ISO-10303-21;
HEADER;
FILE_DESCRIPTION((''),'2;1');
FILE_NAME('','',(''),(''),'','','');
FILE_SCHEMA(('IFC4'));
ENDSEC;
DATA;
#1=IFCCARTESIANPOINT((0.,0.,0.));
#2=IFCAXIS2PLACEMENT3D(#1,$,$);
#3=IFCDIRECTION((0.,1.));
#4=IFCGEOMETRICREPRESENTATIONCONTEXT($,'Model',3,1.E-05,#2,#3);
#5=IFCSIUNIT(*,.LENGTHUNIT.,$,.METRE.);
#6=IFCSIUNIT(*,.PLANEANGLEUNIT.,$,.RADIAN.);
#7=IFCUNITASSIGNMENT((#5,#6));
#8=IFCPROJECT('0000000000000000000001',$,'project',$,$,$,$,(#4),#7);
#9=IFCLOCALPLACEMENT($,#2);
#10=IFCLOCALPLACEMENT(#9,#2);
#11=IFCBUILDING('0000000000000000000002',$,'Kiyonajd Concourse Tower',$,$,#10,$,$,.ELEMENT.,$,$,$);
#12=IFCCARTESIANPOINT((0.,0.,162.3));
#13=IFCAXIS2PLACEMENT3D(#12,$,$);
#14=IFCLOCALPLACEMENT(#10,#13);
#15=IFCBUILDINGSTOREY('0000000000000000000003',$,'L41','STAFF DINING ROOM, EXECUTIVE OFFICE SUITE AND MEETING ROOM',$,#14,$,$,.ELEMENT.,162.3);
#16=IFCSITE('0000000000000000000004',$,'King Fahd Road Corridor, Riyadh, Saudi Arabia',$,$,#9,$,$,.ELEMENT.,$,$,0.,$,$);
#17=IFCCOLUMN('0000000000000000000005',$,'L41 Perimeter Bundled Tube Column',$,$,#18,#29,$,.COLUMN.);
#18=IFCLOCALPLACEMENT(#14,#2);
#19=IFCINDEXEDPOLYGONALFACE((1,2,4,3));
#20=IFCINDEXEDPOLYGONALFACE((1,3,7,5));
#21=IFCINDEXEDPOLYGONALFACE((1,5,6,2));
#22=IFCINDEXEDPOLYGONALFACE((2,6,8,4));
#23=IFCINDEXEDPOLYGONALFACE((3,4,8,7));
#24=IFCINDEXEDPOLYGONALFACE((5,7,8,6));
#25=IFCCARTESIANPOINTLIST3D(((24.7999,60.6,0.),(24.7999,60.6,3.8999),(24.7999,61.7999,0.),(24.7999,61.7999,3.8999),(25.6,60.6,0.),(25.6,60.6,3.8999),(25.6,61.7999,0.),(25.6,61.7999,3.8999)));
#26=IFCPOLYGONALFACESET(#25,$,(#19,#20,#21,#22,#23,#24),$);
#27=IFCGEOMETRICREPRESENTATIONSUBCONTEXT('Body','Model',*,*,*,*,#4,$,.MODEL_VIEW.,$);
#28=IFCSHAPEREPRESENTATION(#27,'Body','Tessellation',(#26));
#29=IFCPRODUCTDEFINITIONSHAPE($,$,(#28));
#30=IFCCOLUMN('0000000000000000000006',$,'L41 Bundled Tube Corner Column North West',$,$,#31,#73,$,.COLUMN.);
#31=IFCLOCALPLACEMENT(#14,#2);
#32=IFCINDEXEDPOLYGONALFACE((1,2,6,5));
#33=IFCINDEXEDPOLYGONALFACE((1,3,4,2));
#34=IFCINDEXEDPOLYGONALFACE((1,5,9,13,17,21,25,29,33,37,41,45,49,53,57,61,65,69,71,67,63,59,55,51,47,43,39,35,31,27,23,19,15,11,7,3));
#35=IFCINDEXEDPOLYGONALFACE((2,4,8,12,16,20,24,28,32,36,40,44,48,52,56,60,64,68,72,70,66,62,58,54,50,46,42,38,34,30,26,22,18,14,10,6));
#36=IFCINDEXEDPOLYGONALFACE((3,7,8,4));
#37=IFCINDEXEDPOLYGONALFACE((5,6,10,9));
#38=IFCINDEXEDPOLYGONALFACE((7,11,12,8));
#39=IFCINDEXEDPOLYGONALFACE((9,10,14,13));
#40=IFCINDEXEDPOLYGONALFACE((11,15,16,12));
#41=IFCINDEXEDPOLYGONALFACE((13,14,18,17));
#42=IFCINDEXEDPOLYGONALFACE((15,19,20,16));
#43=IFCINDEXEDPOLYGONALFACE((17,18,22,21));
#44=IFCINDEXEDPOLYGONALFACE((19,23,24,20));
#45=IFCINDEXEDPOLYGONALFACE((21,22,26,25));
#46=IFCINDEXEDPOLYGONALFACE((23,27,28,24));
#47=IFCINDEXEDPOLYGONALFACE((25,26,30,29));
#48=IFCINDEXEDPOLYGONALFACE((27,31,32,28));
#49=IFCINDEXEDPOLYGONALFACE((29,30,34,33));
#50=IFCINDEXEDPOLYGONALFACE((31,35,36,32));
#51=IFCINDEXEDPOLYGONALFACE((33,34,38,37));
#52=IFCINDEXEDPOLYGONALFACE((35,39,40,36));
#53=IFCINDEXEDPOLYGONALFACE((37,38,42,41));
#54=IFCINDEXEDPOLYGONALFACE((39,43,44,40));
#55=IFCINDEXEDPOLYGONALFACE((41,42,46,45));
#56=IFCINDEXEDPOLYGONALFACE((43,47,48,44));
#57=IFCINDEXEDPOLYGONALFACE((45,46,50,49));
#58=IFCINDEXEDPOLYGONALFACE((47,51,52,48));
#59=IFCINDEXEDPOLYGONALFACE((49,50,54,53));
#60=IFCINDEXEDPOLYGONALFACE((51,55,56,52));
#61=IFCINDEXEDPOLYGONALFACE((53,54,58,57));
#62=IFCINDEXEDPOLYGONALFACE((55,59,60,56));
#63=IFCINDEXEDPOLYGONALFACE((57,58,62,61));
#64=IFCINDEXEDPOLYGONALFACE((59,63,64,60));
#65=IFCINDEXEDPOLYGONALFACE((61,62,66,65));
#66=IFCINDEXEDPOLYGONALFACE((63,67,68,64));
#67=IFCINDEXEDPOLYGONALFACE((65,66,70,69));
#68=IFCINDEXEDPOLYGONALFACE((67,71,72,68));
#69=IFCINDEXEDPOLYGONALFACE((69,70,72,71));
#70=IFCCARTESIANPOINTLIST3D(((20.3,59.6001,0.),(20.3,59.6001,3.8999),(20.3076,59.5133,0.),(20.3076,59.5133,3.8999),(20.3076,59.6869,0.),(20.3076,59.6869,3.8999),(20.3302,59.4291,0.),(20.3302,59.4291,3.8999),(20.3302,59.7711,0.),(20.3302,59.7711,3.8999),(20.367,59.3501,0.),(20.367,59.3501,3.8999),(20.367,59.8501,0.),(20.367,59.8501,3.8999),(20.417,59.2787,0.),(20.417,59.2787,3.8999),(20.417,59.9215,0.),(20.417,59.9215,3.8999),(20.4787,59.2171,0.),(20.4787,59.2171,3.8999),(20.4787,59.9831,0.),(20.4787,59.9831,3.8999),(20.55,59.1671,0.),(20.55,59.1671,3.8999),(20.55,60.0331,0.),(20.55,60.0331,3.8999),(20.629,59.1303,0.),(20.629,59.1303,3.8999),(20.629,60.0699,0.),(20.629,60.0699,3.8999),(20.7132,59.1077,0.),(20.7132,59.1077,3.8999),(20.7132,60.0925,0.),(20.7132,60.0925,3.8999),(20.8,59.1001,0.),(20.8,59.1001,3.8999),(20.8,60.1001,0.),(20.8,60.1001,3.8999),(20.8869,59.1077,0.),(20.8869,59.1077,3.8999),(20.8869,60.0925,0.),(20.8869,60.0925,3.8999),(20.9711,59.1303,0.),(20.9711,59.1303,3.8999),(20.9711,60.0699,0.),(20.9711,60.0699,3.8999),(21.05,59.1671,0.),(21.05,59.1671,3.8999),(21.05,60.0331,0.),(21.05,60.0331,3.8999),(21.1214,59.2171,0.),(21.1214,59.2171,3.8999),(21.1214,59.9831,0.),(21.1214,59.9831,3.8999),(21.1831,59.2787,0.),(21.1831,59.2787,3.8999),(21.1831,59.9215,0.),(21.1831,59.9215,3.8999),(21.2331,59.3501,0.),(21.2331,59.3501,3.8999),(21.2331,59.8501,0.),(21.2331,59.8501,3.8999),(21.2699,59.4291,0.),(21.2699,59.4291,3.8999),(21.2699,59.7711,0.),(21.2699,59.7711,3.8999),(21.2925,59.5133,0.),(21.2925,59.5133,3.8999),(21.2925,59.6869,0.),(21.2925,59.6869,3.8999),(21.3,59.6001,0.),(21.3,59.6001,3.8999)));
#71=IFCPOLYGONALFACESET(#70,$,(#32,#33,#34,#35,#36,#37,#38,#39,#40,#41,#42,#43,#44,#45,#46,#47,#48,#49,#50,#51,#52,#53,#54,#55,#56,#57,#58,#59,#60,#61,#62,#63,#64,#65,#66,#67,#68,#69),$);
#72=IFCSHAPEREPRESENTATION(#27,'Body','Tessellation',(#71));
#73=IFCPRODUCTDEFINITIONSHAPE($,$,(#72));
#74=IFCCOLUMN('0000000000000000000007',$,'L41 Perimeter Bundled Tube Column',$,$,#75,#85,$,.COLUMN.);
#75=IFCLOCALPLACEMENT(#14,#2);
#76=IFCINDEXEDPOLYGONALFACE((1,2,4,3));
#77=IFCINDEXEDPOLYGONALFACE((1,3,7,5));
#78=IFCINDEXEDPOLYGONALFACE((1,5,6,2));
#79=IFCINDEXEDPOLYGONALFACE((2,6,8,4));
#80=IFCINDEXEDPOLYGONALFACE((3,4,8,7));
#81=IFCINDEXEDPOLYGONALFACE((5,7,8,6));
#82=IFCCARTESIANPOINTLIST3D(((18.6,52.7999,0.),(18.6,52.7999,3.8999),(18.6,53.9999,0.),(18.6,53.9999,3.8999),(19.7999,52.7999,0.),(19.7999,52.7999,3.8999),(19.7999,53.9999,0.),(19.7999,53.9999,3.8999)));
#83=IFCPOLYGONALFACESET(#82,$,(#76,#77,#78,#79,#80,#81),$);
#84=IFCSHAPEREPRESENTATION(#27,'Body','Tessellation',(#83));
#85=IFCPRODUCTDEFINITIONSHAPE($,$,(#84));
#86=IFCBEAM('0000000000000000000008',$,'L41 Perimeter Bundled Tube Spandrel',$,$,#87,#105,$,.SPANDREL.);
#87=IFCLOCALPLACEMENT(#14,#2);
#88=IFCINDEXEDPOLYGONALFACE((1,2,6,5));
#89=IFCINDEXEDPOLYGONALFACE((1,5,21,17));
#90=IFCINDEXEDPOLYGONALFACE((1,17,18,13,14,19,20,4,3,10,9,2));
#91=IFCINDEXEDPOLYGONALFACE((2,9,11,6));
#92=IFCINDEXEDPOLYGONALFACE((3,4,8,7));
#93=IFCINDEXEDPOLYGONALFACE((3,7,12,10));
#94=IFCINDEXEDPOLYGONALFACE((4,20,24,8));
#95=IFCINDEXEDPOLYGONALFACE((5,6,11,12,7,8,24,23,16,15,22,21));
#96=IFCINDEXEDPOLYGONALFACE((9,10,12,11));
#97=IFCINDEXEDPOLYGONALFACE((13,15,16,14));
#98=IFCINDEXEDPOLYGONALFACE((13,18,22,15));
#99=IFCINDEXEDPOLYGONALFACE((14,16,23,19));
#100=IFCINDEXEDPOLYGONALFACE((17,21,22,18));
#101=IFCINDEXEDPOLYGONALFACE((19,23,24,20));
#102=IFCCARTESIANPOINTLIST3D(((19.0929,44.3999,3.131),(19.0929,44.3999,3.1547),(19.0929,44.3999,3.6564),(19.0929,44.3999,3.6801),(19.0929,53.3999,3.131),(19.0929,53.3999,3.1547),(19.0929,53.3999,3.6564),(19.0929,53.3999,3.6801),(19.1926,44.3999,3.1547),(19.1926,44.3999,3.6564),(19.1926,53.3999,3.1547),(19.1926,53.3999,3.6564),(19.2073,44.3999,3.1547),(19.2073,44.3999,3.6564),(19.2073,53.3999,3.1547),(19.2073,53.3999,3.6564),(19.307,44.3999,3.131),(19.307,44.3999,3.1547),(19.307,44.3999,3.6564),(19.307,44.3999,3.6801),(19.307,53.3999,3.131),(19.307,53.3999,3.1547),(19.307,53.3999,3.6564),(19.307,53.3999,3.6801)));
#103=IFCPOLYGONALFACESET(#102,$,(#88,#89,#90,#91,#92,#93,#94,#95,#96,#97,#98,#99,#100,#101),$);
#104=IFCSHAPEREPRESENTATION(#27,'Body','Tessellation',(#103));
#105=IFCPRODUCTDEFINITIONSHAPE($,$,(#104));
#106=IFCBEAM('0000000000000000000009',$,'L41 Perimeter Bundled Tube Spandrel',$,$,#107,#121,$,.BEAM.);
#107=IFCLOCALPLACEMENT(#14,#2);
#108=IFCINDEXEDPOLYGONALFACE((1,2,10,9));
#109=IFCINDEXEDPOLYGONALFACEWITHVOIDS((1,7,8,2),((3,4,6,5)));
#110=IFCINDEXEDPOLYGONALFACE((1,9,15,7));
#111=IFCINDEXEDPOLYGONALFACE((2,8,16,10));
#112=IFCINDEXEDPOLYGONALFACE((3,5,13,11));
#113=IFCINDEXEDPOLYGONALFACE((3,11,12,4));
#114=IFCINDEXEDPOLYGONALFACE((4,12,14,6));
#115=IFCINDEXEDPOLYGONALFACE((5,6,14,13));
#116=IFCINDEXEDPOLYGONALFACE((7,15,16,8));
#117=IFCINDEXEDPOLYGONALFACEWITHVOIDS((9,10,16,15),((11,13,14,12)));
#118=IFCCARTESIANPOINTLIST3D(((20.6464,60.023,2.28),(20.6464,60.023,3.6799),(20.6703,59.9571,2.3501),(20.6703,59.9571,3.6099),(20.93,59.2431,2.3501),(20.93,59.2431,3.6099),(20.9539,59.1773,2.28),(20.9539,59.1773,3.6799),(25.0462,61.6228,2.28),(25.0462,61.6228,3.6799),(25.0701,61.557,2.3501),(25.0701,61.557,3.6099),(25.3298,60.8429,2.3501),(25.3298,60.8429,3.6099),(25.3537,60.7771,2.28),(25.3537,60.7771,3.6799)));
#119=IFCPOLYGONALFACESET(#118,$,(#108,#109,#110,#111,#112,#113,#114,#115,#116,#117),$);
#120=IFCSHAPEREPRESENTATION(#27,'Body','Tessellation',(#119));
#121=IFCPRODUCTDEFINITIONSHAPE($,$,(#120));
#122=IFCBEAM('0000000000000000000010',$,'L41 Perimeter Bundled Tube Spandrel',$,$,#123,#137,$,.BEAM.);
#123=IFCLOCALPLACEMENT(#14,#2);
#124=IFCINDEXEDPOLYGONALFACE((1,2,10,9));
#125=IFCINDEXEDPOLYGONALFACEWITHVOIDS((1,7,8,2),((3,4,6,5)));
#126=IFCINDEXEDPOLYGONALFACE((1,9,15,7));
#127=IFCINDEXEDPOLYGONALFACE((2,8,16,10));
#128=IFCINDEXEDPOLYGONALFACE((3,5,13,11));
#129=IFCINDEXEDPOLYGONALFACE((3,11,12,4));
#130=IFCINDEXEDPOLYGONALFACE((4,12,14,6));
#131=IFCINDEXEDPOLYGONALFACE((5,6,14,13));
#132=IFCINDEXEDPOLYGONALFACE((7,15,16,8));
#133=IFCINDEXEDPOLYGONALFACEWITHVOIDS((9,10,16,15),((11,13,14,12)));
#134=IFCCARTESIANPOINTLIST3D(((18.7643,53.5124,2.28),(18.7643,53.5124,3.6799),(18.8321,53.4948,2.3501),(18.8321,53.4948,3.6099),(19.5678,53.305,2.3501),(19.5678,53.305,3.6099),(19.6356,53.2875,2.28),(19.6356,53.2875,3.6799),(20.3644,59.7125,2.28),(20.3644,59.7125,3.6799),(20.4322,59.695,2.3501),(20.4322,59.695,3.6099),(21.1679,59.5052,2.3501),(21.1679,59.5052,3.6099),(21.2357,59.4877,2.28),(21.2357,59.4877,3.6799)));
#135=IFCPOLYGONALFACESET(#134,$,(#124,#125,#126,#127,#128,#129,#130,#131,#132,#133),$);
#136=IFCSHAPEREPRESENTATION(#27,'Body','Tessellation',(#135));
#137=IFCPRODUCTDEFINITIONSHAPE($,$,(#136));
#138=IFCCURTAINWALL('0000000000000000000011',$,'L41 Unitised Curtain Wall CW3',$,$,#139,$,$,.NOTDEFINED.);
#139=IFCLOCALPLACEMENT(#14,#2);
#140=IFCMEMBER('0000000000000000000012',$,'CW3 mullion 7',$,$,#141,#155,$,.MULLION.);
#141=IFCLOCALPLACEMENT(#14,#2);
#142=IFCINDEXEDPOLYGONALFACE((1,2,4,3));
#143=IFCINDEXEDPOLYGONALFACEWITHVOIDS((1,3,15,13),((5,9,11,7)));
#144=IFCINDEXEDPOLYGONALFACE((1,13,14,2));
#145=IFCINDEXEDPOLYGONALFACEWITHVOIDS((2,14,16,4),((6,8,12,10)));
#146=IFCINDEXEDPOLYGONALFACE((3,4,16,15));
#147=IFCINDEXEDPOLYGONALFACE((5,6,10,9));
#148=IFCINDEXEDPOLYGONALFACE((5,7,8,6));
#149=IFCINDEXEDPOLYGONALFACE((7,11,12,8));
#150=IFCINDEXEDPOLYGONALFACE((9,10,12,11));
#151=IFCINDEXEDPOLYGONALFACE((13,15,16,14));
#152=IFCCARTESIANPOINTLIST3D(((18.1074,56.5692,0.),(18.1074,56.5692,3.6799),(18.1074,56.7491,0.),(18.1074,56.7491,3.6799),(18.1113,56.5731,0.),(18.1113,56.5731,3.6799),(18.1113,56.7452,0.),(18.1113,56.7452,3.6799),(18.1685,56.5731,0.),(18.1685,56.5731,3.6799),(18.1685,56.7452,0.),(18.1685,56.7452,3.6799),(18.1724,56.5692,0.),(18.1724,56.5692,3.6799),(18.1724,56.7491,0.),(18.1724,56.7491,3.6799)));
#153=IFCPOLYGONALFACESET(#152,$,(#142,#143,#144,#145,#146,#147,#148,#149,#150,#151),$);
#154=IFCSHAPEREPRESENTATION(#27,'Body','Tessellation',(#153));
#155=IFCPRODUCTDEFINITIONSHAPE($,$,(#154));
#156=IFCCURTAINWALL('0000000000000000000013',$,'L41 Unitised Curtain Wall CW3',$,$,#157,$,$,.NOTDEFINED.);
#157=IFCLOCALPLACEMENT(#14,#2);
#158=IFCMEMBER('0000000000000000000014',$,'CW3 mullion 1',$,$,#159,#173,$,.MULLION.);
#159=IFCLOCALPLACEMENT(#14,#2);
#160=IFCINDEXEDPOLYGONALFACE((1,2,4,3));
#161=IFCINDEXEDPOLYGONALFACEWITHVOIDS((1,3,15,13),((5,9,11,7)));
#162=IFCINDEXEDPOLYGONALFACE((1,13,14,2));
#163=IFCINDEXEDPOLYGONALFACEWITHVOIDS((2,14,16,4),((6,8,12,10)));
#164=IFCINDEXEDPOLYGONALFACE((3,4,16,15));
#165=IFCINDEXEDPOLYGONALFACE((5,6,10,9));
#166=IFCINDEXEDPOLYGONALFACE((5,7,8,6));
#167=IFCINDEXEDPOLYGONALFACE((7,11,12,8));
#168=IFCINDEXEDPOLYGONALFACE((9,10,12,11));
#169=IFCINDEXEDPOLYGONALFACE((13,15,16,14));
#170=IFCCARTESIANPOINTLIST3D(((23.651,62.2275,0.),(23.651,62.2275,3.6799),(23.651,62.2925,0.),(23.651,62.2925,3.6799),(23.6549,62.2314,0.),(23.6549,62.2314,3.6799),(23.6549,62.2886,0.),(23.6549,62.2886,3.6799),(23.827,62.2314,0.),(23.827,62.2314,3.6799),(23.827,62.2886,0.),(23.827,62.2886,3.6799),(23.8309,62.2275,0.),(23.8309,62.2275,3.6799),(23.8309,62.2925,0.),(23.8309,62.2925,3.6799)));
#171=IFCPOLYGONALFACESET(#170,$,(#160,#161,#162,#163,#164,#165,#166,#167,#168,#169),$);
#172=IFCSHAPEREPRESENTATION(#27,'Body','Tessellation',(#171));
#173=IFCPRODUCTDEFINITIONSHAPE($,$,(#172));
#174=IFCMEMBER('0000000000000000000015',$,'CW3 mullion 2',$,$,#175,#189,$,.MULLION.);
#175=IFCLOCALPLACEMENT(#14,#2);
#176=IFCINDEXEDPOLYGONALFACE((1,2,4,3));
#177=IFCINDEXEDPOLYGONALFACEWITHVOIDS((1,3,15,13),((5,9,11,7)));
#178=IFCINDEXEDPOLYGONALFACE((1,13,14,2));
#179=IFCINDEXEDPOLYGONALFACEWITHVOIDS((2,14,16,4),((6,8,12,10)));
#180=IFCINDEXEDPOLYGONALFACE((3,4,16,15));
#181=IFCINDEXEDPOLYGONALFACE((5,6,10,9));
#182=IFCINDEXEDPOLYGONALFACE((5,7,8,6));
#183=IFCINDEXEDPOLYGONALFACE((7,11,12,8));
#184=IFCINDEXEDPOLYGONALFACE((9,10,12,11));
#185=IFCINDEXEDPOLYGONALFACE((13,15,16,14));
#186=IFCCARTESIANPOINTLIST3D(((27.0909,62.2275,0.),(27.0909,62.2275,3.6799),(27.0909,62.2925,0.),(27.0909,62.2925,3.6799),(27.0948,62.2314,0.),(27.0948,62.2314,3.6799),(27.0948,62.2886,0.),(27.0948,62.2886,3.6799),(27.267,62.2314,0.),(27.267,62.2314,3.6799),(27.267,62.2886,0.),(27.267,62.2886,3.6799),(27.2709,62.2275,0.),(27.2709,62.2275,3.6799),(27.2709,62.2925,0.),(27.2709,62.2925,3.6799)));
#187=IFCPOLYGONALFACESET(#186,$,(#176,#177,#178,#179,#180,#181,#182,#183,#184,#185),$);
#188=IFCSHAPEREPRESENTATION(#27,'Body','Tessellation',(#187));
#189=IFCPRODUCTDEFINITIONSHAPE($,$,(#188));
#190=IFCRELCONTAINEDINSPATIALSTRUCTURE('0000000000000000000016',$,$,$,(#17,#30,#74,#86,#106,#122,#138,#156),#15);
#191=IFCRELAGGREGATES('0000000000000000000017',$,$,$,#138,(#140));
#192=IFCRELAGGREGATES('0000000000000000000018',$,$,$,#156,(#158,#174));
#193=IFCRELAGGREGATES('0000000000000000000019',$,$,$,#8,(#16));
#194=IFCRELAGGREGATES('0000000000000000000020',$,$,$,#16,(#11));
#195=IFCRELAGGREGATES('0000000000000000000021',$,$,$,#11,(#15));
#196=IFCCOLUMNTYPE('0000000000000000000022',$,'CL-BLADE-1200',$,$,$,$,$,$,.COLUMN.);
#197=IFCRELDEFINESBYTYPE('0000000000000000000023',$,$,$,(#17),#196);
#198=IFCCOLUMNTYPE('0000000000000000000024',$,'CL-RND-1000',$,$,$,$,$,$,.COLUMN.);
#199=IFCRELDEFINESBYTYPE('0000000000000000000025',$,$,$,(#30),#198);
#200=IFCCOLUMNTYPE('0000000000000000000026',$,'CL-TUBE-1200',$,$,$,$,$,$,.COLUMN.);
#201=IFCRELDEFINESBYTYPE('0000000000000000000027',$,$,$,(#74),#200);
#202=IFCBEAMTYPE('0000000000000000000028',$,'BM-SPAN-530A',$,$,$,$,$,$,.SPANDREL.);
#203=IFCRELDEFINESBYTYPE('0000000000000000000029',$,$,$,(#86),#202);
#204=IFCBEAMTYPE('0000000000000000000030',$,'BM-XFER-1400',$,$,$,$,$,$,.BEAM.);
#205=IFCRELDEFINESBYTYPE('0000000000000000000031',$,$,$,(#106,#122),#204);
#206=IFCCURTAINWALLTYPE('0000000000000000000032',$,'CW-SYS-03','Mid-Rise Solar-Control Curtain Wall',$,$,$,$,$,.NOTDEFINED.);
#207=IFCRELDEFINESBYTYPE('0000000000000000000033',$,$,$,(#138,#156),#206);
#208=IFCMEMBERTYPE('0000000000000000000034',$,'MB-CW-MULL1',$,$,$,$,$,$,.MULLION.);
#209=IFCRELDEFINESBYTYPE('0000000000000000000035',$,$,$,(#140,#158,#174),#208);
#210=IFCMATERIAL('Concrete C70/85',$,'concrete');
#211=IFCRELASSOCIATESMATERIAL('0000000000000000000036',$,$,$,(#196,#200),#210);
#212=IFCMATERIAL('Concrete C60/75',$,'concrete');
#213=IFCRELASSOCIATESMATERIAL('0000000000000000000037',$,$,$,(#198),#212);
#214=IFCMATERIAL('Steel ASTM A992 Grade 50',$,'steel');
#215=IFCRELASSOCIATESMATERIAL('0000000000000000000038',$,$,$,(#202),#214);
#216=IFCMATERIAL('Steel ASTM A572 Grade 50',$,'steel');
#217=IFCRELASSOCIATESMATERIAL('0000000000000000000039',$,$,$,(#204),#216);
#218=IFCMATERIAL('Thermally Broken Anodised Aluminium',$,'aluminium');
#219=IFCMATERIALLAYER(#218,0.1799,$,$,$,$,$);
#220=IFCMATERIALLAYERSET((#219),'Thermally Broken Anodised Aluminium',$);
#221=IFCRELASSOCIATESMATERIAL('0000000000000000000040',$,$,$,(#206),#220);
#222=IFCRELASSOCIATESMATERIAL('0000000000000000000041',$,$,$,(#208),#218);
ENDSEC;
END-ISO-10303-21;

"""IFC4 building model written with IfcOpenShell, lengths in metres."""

from ifc_helpers import new_model, si_unit, direction, frame, origin, origin_2d, place, context, subcontext, project, spatial, rectangle, hollow_rectangle, circle, i_section, extrude, material, layer, layer_set, material_profile, profile_set, type_object, element, aggregate, save


model = new_model("IFC4")

# Units and contexts
model_context = context("Model", 3, precision=1e-05, world=origin(), true_north=direction((0.0, 1.0)))
body_context = subcontext(model_context, "Body", "Model", "MODEL_VIEW")
ifc_project = project(units=[si_unit("LENGTHUNIT", "METRE"), si_unit("PLANEANGLEUNIT", "RADIAN")], contexts=[model_context])

# Site, building, storey
site_placement = place(None, origin())
site = spatial("IfcSite", under=ifc_project, at=site_placement, Name="King Fahd Road Corridor, Riyadh, Saudi Arabia", CompositionType="ELEMENT", RefElevation=0.0)
building_placement = place(site_placement, origin())
building = spatial("IfcBuilding", under=site, at=building_placement, Name="Kiyonajd Concourse Tower", CompositionType="ELEMENT")
storey_placement = place(building_placement, frame((0.0, 0.0, 162.3)))
storey = spatial("IfcBuildingStorey", under=building, at=storey_placement, Name="L41", Description="STAFF DINING ROOM, EXECUTIVE OFFICE SUITE AND MEETING ROOM", CompositionType="ELEMENT", Elevation=162.3)

# Columns
ifc_material_1 = material(Name="Concrete C70/85", Category="concrete")
ifc_material_profile_1 = material_profile(ifc_material_1, rectangle(XDim=0.8, YDim=1.2, at=origin_2d()), Name="RC-1200x800")
ifc_profile_set_1 = profile_set([ifc_material_profile_1], Name="Concrete C70/85")
column_type_1 = type_object("IfcColumnType", Name="CL-BLADE-1200", PredefinedType="COLUMN", material=ifc_profile_set_1)
column_1_placement = place(storey_placement, frame((25.2, 61.2, 0.0), z_axis=(0.0, 0.0, 1.0), x_axis=(1.0, 0.0, 0.0)))
element("IfcColumn", 1, at=column_1_placement, inside=storey, type_object=column_type_1, Name="L41 Perimeter Bundled Tube Column", PredefinedType="COLUMN", context=body_context, shape_type="SweptSolid", body=[
    extrude(rectangle(XDim=0.8, YDim=1.2, at=origin_2d()), origin(), (0.0, 0.0, 1.0), 3.8999),
])
ifc_material_2 = material(Name="Concrete C60/75", Category="concrete")
ifc_material_profile_2 = material_profile(ifc_material_2, circle(Radius=0.5, at=origin_2d()), Name="RCC-D1000")
ifc_profile_set_2 = profile_set([ifc_material_profile_2], Name="Concrete C60/75")
column_type_2 = type_object("IfcColumnType", Name="CL-RND-1000", PredefinedType="COLUMN", material=ifc_profile_set_2)
column_2_placement = place(storey_placement, frame((20.8, 59.6001, 0.0), z_axis=(0.0, 0.0, 1.0), x_axis=(1.0, 0.0, 0.0)))
element("IfcColumn", 2, at=column_2_placement, inside=storey, type_object=column_type_2, Name="L41 Bundled Tube Corner Column North West", PredefinedType="COLUMN", context=body_context, shape_type="SweptSolid", body=[
    extrude(circle(Radius=0.5, at=origin_2d()), origin(), (0.0, 0.0, 1.0), 3.8999),
])
ifc_material_profile_3 = material_profile(ifc_material_1, rectangle(XDim=1.2, YDim=1.2, at=origin_2d()), Name="RC-1200x1200")
ifc_profile_set_3 = profile_set([ifc_material_profile_3], Name="Concrete C70/85")
column_type_3 = type_object("IfcColumnType", Name="CL-TUBE-1200", PredefinedType="COLUMN", material=ifc_profile_set_3)
column_3_placement = place(storey_placement, frame((19.2, 53.3999, 0.0), z_axis=(0.0, 0.0, 1.0), x_axis=(1.0, 0.0, 0.0)))
element("IfcColumn", 3, at=column_3_placement, inside=storey, type_object=column_type_3, Name="L41 Perimeter Bundled Tube Column", PredefinedType="COLUMN", context=body_context, shape_type="SweptSolid", body=[
    extrude(rectangle(XDim=1.2, YDim=1.2, at=origin_2d()), origin(), (0.0, 0.0, 1.0), 3.8999),
])

# Beams
ifc_material_3 = material(Name="Steel ASTM A992 Grade 50", Category="steel")
ifc_material_profile_4 = material_profile(ifc_material_3, i_section(OverallWidth=0.2141, OverallDepth=0.5491, WebThickness=0.0146, FlangeThickness=0.0237, at=origin_2d()), Name="W530X138")
ifc_profile_set_4 = profile_set([ifc_material_profile_4], Name="Steel ASTM A992 Grade 50")
beam_type_1 = type_object("IfcBeamType", Name="BM-SPAN-530A", PredefinedType="SPANDREL", material=ifc_profile_set_4)
beam_1_placement = place(storey_placement, frame((19.2, 53.3999, 3.4055), z_axis=(0.0, -1.0, 0.0), x_axis=(1.0, 0.0, 0.0)))
element("IfcBeam", 4, at=beam_1_placement, inside=storey, type_object=beam_type_1, Name="L41 Perimeter Bundled Tube Spandrel", PredefinedType="SPANDREL", context=body_context, shape_type="SweptSolid", body=[
    extrude(i_section(OverallWidth=0.2141, OverallDepth=0.5491, WebThickness=0.0146, FlangeThickness=0.0237, at=origin_2d()), origin(), (0.0, 0.0, 1.0), 9.0),
])
ifc_material_4 = material(Name="Steel ASTM A572 Grade 50", Category="steel")
ifc_material_profile_5 = material_profile(ifc_material_4, hollow_rectangle(XDim=0.8999, YDim=1.3999, WallThickness=0.0701, at=origin_2d()), Name="BOX-1400x900x70")
ifc_profile_set_5 = profile_set([ifc_material_profile_5], Name="Steel ASTM A572 Grade 50")
beam_type_2 = type_object("IfcBeamType", Name="BM-XFER-1400", PredefinedType="BEAM", material=ifc_profile_set_5)
beam_2_placement = place(storey_placement, frame((25.2, 61.2, 2.98), z_axis=(-0.939801, -0.341722, 0.0), x_axis=(0.341722, -0.939801, 0.0)))
element("IfcBeam", 5, at=beam_2_placement, inside=storey, type_object=beam_type_2, Name="L41 Perimeter Bundled Tube Spandrel", PredefinedType="BEAM", context=body_context, shape_type="SweptSolid", body=[
    extrude(hollow_rectangle(XDim=0.8999, YDim=1.3999, WallThickness=0.0701, at=origin_2d()), origin(), (0.0, 0.0, 1.0), 4.6816),
])
beam_3_placement = place(storey_placement, frame((20.8, 59.6001, 2.98), z_axis=(-0.249885, -0.968276, 0.0), x_axis=(0.968276, -0.249885, 0.0)))
element("IfcBeam", 6, at=beam_3_placement, inside=storey, type_object=beam_type_2, Name="L41 Perimeter Bundled Tube Spandrel", PredefinedType="BEAM", context=body_context, shape_type="SweptSolid", body=[
    extrude(hollow_rectangle(XDim=0.8999, YDim=1.3999, WallThickness=0.0701, at=origin_2d()), origin(), (0.0, 0.0, 1.0), 6.4033),
])

# Curtain wall, member
ifc_material_5 = material(Name="Thermally Broken Anodised Aluminium", Category="aluminium")
ifc_layer_1 = layer(ifc_material_5, 0.1799)
ifc_layer_set_1 = layer_set([ifc_layer_1], Name="Thermally Broken Anodised Aluminium")
curtain_wall_type = type_object("IfcCurtainWallType", Name="CW-SYS-03", Description="Mid-Rise Solar-Control Curtain Wall", PredefinedType="NOTDEFINED", material=ifc_layer_set_1)
curtain_wall_1_placement = place(storey_placement, origin())
curtain_wall_1 = element("IfcCurtainWall", 7, at=curtain_wall_1_placement, inside=storey, type_object=curtain_wall_type, Name="L41 Unitised Curtain Wall CW3", PredefinedType="NOTDEFINED")
ifc_material_profile_6 = material_profile(ifc_material_5, hollow_rectangle(XDim=0.0649, YDim=0.1799, WallThickness=0.0039, at=origin_2d()), Name="MULL-65x180")
ifc_profile_set_6 = profile_set([ifc_material_profile_6], Name="Thermally Broken Anodised Aluminium")
member_type_1 = type_object("IfcMemberType", Name="MB-CW-MULL1", PredefinedType="MULLION", material=ifc_profile_set_6)
member_1_placement = place(storey_placement, frame((18.1399, 56.6592, 0.0), z_axis=(0.0, 0.0, 1.0), x_axis=(-1.0, 0.0, 0.0)))
member_1 = element("IfcMember", 8, at=member_1_placement, type_object=member_type_1, Name="CW3 mullion 7", PredefinedType="MULLION", context=body_context, shape_type="SweptSolid", body=[
    extrude(hollow_rectangle(XDim=0.0649, YDim=0.1799, WallThickness=0.0039, at=origin_2d()), origin(), (0.0, 0.0, 1.0), 3.6799),
])

# Curtain wall, members
curtain_wall_2_placement = place(storey_placement, origin())
curtain_wall_2 = element("IfcCurtainWall", 9, at=curtain_wall_2_placement, inside=storey, type_object=curtain_wall_type, Name="L41 Unitised Curtain Wall CW3", PredefinedType="NOTDEFINED")
member_2_placement = place(storey_placement, frame((23.741, 62.26, 0.0), z_axis=(0.0, 0.0, 1.0), x_axis=(0.0, 1.0, 0.0)))
member_2 = element("IfcMember", 10, at=member_2_placement, type_object=member_type_1, Name="CW3 mullion 1", PredefinedType="MULLION", context=body_context, shape_type="SweptSolid", body=[
    extrude(hollow_rectangle(XDim=0.0649, YDim=0.1799, WallThickness=0.0039, at=origin_2d()), origin(), (0.0, 0.0, 1.0), 3.6799),
])
member_3_placement = place(storey_placement, frame((27.1809, 62.26, 0.0), z_axis=(0.0, 0.0, 1.0), x_axis=(0.0, 1.0, 0.0)))
member_3 = element("IfcMember", 11, at=member_3_placement, type_object=member_type_1, Name="CW3 mullion 2", PredefinedType="MULLION", context=body_context, shape_type="SweptSolid", body=[
    extrude(hollow_rectangle(XDim=0.0649, YDim=0.1799, WallThickness=0.0039, at=origin_2d()), origin(), (0.0, 0.0, 1.0), 3.6799),
])

aggregate(curtain_wall_1, [member_1])
aggregate(curtain_wall_2, [member_2, member_3])

save(model, "model.ifc")
